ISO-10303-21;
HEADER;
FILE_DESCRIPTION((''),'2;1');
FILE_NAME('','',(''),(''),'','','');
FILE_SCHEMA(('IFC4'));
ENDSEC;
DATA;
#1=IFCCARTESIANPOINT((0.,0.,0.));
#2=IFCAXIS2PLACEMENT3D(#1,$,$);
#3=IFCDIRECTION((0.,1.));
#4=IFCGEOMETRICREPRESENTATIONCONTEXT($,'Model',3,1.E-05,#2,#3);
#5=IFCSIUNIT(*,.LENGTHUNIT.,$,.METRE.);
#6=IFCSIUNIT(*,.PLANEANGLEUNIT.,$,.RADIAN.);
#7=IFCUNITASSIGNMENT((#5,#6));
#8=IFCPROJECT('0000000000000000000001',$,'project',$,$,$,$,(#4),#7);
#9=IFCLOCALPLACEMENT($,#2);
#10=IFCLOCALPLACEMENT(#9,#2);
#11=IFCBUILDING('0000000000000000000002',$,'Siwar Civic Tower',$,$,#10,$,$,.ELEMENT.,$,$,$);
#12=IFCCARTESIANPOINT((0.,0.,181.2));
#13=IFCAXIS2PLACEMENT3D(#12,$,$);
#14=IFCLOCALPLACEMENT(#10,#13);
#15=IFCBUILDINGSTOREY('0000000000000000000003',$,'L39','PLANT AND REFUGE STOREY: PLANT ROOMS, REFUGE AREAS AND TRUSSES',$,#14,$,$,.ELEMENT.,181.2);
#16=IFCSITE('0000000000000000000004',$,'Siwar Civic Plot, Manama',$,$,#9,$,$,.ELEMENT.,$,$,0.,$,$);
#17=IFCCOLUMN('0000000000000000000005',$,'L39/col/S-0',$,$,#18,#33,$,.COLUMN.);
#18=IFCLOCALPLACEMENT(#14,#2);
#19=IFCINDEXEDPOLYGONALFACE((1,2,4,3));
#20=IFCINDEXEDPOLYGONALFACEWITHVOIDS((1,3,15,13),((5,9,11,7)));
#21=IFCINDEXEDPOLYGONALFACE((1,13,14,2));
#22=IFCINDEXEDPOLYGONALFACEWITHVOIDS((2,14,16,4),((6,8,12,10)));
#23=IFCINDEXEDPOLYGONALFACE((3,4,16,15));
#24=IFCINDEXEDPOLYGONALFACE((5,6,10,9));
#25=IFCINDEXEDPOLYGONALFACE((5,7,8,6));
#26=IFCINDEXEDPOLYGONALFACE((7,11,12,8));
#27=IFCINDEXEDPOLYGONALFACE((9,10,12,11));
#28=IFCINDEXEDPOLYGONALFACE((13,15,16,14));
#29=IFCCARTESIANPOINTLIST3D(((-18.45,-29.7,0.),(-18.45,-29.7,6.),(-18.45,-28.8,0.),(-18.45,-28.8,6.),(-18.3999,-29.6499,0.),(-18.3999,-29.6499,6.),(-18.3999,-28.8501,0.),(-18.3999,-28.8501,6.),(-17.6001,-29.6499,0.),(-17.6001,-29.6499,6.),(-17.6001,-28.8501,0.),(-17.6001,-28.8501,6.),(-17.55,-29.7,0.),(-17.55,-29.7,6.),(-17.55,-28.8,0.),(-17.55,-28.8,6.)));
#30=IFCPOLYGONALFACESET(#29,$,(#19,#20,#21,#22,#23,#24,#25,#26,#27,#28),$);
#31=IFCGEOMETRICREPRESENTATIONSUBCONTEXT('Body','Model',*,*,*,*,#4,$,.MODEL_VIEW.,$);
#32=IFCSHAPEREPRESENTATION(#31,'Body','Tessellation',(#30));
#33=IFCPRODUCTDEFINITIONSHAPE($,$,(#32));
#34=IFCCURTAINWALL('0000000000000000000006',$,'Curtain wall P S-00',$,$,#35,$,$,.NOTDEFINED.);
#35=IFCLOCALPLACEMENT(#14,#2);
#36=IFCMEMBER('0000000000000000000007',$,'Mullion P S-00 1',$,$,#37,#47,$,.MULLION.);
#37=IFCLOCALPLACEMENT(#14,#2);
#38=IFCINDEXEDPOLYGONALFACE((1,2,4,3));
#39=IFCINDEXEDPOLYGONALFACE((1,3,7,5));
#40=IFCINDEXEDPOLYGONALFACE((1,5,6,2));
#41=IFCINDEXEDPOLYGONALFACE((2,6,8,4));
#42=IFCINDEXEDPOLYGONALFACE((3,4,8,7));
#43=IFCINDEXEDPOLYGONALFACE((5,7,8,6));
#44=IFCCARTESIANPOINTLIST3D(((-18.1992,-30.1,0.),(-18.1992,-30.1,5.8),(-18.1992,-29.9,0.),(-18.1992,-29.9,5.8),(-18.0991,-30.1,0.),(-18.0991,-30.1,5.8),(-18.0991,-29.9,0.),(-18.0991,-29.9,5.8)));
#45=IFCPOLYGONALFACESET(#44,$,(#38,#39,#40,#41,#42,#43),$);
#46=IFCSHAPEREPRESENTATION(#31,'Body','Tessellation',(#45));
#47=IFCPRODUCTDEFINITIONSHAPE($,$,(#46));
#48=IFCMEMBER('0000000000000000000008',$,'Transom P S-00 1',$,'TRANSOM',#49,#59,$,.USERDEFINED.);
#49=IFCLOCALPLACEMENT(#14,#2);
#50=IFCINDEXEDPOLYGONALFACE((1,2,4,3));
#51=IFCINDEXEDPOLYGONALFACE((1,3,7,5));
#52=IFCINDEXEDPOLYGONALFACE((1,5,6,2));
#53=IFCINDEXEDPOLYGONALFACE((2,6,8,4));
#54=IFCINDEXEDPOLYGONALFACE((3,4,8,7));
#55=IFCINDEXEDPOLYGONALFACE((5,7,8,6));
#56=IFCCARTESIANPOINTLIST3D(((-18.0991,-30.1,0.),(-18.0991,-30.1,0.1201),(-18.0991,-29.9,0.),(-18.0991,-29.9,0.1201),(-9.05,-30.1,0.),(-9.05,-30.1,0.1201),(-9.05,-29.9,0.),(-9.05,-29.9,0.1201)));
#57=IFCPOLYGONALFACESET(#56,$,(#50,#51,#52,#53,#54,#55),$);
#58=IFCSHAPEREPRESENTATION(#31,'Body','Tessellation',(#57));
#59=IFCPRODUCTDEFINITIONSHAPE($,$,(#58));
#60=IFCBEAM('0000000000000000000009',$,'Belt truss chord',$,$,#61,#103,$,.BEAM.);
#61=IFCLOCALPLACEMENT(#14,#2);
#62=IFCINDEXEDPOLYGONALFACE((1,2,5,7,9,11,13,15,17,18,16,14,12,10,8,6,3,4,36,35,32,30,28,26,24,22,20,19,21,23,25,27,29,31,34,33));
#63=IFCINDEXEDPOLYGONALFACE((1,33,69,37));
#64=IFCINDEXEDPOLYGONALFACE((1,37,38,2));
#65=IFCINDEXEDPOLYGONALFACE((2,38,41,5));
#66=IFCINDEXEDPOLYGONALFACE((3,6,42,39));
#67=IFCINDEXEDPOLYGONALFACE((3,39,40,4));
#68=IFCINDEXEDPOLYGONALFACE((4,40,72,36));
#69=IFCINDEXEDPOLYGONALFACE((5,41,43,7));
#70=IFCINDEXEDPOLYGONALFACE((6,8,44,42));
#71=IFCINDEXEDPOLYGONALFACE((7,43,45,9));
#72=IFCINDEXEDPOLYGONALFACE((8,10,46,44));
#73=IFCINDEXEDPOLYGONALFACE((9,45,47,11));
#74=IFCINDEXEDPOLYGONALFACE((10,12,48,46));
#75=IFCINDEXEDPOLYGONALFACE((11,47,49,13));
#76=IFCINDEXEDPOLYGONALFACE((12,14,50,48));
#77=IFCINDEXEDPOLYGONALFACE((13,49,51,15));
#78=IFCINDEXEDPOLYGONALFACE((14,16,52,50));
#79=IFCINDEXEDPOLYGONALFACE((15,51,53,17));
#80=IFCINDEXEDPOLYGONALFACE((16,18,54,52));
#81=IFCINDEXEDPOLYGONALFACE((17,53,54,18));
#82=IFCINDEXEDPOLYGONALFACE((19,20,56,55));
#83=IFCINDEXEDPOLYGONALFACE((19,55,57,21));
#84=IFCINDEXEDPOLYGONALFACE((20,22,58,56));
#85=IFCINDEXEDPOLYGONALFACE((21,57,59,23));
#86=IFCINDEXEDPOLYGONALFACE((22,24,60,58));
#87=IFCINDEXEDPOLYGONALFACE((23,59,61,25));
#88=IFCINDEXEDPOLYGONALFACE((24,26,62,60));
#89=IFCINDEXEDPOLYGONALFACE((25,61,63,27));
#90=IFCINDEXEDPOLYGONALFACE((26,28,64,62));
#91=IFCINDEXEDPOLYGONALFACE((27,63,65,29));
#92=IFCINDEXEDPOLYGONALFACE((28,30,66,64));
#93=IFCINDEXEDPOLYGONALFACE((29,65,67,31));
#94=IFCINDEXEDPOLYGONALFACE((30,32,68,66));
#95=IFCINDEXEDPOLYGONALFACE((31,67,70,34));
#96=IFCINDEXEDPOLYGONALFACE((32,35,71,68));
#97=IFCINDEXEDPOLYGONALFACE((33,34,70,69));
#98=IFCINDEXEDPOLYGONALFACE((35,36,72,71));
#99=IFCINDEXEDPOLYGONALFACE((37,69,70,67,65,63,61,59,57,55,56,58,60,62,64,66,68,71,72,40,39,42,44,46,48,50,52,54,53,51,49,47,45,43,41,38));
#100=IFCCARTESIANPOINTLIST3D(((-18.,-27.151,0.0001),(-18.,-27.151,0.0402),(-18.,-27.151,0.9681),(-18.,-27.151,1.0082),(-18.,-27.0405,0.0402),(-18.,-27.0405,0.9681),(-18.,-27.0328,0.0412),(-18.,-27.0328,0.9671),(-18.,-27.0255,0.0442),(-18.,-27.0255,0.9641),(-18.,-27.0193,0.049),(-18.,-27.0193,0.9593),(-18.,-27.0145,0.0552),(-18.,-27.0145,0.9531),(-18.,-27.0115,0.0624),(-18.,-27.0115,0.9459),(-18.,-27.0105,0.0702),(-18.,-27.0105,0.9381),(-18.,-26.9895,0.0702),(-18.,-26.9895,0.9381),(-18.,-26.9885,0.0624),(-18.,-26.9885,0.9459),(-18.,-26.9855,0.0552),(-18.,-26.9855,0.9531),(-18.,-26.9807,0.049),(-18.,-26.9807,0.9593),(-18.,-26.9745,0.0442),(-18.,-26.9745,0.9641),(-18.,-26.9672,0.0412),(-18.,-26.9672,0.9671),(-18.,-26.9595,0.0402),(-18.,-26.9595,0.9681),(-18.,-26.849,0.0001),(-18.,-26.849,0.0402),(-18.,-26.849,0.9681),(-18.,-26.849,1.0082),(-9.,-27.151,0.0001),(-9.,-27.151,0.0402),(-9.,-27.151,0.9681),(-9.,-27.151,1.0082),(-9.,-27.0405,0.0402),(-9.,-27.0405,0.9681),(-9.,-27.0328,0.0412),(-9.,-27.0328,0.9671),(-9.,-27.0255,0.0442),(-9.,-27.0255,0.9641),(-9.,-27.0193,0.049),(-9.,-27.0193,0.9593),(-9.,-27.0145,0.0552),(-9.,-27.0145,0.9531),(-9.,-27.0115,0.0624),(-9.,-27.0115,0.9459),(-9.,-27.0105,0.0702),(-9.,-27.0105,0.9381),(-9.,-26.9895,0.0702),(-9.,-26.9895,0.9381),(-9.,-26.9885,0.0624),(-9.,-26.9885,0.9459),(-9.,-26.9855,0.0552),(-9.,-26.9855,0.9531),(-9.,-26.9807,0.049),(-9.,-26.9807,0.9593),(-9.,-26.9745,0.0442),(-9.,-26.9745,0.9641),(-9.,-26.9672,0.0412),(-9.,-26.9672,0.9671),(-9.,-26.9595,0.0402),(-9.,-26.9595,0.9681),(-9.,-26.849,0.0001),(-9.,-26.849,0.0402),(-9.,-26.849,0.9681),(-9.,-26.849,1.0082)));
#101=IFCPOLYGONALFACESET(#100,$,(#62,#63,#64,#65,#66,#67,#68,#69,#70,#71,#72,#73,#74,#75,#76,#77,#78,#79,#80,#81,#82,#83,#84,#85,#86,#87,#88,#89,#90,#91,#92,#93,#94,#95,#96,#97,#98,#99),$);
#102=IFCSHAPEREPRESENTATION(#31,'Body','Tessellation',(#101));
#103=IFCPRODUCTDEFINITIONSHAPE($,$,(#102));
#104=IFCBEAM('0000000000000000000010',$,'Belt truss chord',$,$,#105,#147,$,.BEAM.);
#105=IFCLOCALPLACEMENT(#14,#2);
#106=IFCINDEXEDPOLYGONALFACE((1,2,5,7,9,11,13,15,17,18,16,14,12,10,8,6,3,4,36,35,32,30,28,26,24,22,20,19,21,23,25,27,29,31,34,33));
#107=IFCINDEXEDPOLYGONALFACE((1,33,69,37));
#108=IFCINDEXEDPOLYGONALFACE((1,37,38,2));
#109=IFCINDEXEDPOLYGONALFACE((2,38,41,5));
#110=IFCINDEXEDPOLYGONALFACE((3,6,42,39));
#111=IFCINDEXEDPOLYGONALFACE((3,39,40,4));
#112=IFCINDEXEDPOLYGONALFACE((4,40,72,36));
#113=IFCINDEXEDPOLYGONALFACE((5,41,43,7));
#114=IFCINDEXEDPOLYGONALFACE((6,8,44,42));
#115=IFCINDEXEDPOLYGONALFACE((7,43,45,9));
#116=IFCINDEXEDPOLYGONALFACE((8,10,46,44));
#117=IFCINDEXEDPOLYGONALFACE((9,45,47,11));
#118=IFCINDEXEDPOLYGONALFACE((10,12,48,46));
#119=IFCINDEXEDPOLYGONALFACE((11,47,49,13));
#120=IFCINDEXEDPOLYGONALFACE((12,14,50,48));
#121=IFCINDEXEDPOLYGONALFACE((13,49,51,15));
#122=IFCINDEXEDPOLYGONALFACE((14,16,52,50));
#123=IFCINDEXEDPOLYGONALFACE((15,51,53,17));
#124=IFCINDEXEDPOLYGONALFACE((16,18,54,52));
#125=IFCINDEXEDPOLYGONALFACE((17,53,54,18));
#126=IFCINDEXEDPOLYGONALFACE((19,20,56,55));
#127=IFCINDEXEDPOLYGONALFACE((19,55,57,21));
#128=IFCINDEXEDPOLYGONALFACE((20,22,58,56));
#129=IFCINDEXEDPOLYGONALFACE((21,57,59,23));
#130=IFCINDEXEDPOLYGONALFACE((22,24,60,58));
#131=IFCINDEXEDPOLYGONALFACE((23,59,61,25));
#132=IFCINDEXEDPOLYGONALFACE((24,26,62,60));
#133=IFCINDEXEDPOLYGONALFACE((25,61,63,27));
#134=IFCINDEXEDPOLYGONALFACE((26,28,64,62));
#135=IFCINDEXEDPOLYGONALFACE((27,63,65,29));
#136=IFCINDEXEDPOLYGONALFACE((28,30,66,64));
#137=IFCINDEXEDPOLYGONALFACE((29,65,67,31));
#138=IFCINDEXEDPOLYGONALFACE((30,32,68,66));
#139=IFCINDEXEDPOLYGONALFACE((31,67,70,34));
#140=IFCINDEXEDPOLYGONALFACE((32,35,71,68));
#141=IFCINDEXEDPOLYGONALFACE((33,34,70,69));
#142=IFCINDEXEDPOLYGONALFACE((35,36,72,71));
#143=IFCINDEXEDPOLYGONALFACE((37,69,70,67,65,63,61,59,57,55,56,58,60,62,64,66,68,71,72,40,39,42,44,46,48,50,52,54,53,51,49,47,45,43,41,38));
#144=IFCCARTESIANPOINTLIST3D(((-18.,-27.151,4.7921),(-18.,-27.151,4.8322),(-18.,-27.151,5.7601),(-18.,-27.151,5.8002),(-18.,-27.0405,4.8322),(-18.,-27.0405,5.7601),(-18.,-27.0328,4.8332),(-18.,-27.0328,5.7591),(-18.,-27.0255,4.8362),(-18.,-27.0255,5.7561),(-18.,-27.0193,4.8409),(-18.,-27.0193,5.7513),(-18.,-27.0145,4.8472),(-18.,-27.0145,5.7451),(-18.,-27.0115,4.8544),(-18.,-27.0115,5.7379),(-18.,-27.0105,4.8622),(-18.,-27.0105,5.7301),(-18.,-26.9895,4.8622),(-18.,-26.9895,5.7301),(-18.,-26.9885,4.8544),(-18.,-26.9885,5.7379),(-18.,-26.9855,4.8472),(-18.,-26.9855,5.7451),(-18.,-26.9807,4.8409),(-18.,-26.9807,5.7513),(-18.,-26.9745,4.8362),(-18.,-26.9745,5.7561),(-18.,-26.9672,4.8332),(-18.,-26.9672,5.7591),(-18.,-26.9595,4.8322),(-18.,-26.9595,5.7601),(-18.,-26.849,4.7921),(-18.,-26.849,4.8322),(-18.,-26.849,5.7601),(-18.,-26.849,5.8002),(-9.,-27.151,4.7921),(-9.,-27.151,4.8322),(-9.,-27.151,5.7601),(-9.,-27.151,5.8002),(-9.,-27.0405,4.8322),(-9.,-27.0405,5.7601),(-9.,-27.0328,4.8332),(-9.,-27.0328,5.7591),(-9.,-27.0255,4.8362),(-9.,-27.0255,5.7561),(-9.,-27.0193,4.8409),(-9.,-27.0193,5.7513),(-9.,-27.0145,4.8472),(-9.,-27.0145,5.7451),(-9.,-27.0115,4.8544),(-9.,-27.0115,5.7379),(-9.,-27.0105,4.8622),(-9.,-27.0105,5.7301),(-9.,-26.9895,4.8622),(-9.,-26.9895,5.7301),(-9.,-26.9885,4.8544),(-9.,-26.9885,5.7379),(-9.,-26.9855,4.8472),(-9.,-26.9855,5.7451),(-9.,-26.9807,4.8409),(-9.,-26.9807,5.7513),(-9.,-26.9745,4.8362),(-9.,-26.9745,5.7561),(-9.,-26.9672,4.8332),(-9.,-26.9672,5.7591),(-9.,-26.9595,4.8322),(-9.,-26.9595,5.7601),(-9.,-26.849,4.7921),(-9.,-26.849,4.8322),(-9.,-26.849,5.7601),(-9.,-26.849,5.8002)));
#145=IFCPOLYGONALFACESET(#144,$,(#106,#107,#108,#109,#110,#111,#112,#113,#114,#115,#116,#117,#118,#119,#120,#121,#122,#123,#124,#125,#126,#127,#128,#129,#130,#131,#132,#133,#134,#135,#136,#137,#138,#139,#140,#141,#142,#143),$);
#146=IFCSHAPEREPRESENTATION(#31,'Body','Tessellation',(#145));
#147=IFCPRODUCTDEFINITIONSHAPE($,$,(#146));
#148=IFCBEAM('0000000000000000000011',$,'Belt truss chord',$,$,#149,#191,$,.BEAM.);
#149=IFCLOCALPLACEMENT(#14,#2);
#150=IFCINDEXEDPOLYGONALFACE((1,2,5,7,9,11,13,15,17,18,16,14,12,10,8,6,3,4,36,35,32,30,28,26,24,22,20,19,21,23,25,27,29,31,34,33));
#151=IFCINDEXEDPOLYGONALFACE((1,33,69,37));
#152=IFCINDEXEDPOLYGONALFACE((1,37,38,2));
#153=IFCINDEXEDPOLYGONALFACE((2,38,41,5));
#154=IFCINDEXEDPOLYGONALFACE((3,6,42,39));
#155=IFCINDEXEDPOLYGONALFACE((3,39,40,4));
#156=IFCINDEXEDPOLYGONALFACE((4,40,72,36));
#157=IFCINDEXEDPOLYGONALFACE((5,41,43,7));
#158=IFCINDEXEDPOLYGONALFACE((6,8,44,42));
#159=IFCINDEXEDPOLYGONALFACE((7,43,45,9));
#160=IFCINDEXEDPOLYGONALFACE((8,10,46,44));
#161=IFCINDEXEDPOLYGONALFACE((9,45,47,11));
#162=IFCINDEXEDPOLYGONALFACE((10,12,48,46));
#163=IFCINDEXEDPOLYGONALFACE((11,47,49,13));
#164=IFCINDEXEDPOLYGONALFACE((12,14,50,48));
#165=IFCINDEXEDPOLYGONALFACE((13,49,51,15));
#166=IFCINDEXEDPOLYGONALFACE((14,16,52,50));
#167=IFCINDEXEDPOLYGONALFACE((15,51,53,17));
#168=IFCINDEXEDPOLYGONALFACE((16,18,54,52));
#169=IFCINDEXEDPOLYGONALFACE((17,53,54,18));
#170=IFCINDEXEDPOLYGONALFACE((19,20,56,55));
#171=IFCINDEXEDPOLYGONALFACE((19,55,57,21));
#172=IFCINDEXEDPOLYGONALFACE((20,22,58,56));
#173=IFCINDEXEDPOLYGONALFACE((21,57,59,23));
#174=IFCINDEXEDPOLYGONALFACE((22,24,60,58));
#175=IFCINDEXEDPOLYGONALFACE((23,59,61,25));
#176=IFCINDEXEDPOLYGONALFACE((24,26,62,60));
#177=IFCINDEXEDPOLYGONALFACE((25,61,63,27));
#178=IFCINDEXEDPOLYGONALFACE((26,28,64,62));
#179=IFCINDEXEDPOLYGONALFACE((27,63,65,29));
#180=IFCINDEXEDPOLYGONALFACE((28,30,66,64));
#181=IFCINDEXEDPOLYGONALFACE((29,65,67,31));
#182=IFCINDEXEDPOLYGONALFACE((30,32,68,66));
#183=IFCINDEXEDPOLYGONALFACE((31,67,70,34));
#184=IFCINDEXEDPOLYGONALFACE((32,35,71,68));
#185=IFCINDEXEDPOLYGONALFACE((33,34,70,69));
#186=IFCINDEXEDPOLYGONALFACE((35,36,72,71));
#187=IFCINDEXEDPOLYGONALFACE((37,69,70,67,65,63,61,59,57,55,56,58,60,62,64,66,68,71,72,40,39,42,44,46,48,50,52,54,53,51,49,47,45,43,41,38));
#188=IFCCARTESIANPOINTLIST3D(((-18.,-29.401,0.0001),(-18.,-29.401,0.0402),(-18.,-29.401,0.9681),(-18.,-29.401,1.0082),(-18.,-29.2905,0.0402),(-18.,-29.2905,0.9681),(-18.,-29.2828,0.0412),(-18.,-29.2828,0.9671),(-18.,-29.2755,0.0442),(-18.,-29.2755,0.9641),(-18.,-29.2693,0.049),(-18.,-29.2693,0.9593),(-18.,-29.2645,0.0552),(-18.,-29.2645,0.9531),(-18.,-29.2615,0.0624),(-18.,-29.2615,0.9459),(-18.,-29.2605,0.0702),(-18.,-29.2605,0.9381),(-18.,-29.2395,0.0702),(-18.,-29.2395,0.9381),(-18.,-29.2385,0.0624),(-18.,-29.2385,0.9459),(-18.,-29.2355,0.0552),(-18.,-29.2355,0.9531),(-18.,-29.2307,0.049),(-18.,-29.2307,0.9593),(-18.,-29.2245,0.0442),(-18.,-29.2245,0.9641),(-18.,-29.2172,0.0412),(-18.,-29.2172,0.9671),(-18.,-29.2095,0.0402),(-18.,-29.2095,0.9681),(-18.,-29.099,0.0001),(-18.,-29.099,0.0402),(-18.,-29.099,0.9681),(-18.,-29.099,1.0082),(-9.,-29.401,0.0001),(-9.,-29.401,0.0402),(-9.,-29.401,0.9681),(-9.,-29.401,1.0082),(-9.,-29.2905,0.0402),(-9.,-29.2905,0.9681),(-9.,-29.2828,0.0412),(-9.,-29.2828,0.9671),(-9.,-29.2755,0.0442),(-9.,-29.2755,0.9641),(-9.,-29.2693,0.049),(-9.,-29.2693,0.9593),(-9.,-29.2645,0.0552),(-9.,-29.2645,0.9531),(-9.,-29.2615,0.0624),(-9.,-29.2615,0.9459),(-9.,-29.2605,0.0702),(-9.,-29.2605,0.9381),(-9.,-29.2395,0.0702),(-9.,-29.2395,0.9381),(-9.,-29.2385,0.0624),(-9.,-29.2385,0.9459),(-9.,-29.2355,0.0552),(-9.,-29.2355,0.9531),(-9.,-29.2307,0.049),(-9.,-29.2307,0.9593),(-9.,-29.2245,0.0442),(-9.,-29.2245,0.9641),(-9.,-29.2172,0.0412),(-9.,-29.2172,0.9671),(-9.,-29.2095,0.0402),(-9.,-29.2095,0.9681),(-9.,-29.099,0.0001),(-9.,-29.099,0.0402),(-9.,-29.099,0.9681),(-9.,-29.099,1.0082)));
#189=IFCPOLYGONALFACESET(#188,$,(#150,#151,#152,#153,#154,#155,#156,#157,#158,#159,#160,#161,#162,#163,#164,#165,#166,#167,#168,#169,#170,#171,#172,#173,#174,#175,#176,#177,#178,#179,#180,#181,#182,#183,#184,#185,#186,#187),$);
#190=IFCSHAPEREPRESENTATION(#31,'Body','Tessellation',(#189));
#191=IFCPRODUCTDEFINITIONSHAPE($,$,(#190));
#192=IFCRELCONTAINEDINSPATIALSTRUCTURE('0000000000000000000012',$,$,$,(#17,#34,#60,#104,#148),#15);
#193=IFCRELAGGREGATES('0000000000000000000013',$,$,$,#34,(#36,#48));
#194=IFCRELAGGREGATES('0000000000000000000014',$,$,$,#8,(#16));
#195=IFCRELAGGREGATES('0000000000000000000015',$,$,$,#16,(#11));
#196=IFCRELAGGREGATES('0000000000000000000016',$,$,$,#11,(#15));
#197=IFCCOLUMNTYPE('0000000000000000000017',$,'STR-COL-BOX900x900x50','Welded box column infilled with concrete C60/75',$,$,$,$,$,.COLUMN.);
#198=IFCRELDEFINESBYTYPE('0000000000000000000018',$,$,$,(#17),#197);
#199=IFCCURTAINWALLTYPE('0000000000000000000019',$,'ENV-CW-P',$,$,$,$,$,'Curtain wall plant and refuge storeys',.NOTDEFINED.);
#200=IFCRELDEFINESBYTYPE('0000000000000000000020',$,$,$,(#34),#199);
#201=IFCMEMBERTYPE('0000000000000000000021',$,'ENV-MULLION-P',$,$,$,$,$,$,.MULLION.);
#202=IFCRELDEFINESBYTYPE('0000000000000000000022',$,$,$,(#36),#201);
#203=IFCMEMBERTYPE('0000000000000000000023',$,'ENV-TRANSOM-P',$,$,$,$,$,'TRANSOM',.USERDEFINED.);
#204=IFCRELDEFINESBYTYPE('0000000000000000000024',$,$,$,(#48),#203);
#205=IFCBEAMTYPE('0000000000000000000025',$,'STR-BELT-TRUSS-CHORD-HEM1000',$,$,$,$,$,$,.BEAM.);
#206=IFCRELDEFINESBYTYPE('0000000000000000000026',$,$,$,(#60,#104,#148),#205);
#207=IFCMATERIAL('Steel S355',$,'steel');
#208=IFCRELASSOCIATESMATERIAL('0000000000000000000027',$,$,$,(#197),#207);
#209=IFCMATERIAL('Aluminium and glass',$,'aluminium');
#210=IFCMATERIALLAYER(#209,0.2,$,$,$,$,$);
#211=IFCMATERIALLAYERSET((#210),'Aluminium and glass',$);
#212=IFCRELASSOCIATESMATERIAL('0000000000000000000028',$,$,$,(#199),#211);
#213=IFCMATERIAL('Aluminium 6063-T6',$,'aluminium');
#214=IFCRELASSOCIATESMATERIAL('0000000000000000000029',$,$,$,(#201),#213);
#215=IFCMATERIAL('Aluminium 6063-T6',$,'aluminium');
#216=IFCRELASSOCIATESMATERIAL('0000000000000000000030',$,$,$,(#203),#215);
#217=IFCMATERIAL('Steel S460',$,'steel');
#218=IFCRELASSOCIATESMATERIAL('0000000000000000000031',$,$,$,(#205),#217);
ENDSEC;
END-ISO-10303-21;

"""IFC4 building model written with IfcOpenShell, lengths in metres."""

from ifc_helpers import new_model, si_unit, direction, frame, origin, origin_2d, place, context, subcontext, project, spatial, rectangle, hollow_rectangle, i_section, extrude, material, layer, layer_set, material_profile, profile_set, type_object, element, aggregate, save


model = new_model("IFC4")

# Units and contexts
model_context = context("Model", 3, precision=1e-05, world=origin(), true_north=direction((0.0, 1.0)))
body_context = subcontext(model_context, "Body", "Model", "MODEL_VIEW")
ifc_project = project(units=[si_unit("LENGTHUNIT", "METRE"), si_unit("PLANEANGLEUNIT", "RADIAN")], contexts=[model_context])

# Site, building, storey
site_placement = place(None, origin())
site = spatial("IfcSite", under=ifc_project, at=site_placement, Name="Siwar Civic Plot, Manama", CompositionType="ELEMENT", RefElevation=0.0)
building_placement = place(site_placement, origin())
building = spatial("IfcBuilding", under=site, at=building_placement, Name="Siwar Civic Tower", CompositionType="ELEMENT")
storey_placement = place(building_placement, frame((0.0, 0.0, 181.2)))
storey = spatial("IfcBuildingStorey", under=building, at=storey_placement, Name="L39", Description="PLANT AND REFUGE STOREY: PLANT ROOMS, REFUGE AREAS AND TRUSSES", CompositionType="ELEMENT", Elevation=181.2)

# Column
ifc_material_1 = material(Name="Steel S355", Category="steel")
ifc_material_profile_1 = material_profile(ifc_material_1, hollow_rectangle(XDim=0.8999, YDim=0.8999, WallThickness=0.05, at=origin_2d()), Name="BOX900x900x50")
ifc_profile_set_1 = profile_set([ifc_material_profile_1], Name="Steel S355")
column_type = type_object("IfcColumnType", Name="STR-COL-BOX900x900x50", Description="Welded box column infilled with concrete C60/75", PredefinedType="COLUMN", material=ifc_profile_set_1)
column_placement = place(storey_placement, frame((-18.0, -29.25, 0.0), z_axis=(0.0, 0.0, 1.0), x_axis=(1.0, 0.0, 0.0)))
element("IfcColumn", 1, at=column_placement, inside=storey, type_object=column_type, Name="L39/col/S-0", PredefinedType="COLUMN", context=body_context, shape_type="SweptSolid", body=[
    extrude(hollow_rectangle(XDim=0.8999, YDim=0.8999, WallThickness=0.05, at=origin_2d()), origin(), (0.0, 0.0, 1.0), 6.0),
])

# Curtain wall, members
ifc_material_2 = material(Name="Aluminium and glass", Category="aluminium")
ifc_layer_1 = layer(ifc_material_2, 0.2)
ifc_layer_set_1 = layer_set([ifc_layer_1], Name="Aluminium and glass")
curtain_wall_type = type_object("IfcCurtainWallType", Name="ENV-CW-P", ElementType="Curtain wall plant and refuge storeys", PredefinedType="NOTDEFINED", material=ifc_layer_set_1)
curtain_wall_placement = place(storey_placement, origin())
curtain_wall = element("IfcCurtainWall", 2, at=curtain_wall_placement, inside=storey, type_object=curtain_wall_type, Name="Curtain wall P S-00", PredefinedType="NOTDEFINED")
ifc_material_3 = material(Name="Aluminium 6063-T6", Category="aluminium")
ifc_material_profile_2 = material_profile(ifc_material_3, rectangle(XDim=0.2, YDim=0.1001, at=origin_2d()), Name="AL 200x100")
ifc_profile_set_2 = profile_set([ifc_material_profile_2], Name="Aluminium 6063-T6")
member_type_1 = type_object("IfcMemberType", Name="ENV-MULLION-P", PredefinedType="MULLION", material=ifc_profile_set_2)
member_1_placement = place(storey_placement, frame((-18.1492, -30.0, 0.0), z_axis=(0.0, 0.0, 1.0), x_axis=(0.0, 1.0, 0.0)))
member_1 = element("IfcMember", 3, at=member_1_placement, type_object=member_type_1, Name="Mullion P S-00 1", PredefinedType="MULLION", context=body_context, shape_type="SweptSolid", body=[
    extrude(rectangle(XDim=0.2, YDim=0.1001, at=origin_2d()), origin(), (0.0, 0.0, 1.0), 5.8),
])
ifc_material_4 = material(Name="Aluminium 6063-T6", Category="aluminium")
ifc_material_profile_3 = material_profile(ifc_material_4, rectangle(XDim=0.2, YDim=0.1201, at=origin_2d()), Name="AL 200x120")
ifc_profile_set_3 = profile_set([ifc_material_profile_3], Name="Aluminium 6063-T6")
member_type_2 = type_object("IfcMemberType", Name="ENV-TRANSOM-P", ElementType="TRANSOM", PredefinedType="USERDEFINED", material=ifc_profile_set_3)
member_2_placement = place(storey_placement, frame((-18.0991, -30.0, 0.0601), z_axis=(1.0, 0.0, 0.0), x_axis=(0.0, 1.0, 0.0)))
member_2 = element("IfcMember", 4, at=member_2_placement, type_object=member_type_2, Name="Transom P S-00 1", ObjectType="TRANSOM", PredefinedType="USERDEFINED", context=body_context, shape_type="SweptSolid", body=[
    extrude(rectangle(XDim=0.2, YDim=0.1201, at=origin_2d()), origin(), (0.0, 0.0, 1.0), 9.0491),
])
aggregate(curtain_wall, [member_1, member_2])

# Beams
ifc_material_5 = material(Name="Steel S460", Category="steel")
ifc_material_profile_4 = material_profile(ifc_material_5, i_section(OverallWidth=0.302, OverallDepth=1.0081, WebThickness=0.021, FlangeThickness=0.04, FilletRadius=0.03, at=origin_2d()), Name="HEM1000")
ifc_profile_set_4 = profile_set([ifc_material_profile_4], Name="Steel S460")
beam_type_1 = type_object("IfcBeamType", Name="STR-BELT-TRUSS-CHORD-HEM1000", PredefinedType="BEAM", material=ifc_profile_set_4)
for number, where, z_axis, x_axis, name in (
    (5, (-18.0, -27.0, 0.5042), (1.0, 0.0, 0.0), (0.0, 1.0, 0.0), "Belt truss chord"),
    (6, (-18.0, -27.0, 5.2961), (1.0, 0.0, 0.0), (0.0, 1.0, 0.0), "Belt truss chord"),
    (7, (-18.0, -29.25, 0.5042), (1.0, 0.0, 0.0), (0.0, 1.0, 0.0), "Belt truss chord"),
):
    element("IfcBeam", number, at=place(storey_placement, frame(where, z_axis=z_axis, x_axis=x_axis)), inside=storey, type_object=beam_type_1, Name=name, PredefinedType="BEAM", context=body_context, shape_type="SweptSolid", body=[
        extrude(i_section(OverallWidth=0.302, OverallDepth=1.0081, WebThickness=0.021, FlangeThickness=0.04, FilletRadius=0.03, at=origin_2d()), origin(), (0.0, 0.0, 1.0), 9.0),
    ])

save(model, "model.ifc")
